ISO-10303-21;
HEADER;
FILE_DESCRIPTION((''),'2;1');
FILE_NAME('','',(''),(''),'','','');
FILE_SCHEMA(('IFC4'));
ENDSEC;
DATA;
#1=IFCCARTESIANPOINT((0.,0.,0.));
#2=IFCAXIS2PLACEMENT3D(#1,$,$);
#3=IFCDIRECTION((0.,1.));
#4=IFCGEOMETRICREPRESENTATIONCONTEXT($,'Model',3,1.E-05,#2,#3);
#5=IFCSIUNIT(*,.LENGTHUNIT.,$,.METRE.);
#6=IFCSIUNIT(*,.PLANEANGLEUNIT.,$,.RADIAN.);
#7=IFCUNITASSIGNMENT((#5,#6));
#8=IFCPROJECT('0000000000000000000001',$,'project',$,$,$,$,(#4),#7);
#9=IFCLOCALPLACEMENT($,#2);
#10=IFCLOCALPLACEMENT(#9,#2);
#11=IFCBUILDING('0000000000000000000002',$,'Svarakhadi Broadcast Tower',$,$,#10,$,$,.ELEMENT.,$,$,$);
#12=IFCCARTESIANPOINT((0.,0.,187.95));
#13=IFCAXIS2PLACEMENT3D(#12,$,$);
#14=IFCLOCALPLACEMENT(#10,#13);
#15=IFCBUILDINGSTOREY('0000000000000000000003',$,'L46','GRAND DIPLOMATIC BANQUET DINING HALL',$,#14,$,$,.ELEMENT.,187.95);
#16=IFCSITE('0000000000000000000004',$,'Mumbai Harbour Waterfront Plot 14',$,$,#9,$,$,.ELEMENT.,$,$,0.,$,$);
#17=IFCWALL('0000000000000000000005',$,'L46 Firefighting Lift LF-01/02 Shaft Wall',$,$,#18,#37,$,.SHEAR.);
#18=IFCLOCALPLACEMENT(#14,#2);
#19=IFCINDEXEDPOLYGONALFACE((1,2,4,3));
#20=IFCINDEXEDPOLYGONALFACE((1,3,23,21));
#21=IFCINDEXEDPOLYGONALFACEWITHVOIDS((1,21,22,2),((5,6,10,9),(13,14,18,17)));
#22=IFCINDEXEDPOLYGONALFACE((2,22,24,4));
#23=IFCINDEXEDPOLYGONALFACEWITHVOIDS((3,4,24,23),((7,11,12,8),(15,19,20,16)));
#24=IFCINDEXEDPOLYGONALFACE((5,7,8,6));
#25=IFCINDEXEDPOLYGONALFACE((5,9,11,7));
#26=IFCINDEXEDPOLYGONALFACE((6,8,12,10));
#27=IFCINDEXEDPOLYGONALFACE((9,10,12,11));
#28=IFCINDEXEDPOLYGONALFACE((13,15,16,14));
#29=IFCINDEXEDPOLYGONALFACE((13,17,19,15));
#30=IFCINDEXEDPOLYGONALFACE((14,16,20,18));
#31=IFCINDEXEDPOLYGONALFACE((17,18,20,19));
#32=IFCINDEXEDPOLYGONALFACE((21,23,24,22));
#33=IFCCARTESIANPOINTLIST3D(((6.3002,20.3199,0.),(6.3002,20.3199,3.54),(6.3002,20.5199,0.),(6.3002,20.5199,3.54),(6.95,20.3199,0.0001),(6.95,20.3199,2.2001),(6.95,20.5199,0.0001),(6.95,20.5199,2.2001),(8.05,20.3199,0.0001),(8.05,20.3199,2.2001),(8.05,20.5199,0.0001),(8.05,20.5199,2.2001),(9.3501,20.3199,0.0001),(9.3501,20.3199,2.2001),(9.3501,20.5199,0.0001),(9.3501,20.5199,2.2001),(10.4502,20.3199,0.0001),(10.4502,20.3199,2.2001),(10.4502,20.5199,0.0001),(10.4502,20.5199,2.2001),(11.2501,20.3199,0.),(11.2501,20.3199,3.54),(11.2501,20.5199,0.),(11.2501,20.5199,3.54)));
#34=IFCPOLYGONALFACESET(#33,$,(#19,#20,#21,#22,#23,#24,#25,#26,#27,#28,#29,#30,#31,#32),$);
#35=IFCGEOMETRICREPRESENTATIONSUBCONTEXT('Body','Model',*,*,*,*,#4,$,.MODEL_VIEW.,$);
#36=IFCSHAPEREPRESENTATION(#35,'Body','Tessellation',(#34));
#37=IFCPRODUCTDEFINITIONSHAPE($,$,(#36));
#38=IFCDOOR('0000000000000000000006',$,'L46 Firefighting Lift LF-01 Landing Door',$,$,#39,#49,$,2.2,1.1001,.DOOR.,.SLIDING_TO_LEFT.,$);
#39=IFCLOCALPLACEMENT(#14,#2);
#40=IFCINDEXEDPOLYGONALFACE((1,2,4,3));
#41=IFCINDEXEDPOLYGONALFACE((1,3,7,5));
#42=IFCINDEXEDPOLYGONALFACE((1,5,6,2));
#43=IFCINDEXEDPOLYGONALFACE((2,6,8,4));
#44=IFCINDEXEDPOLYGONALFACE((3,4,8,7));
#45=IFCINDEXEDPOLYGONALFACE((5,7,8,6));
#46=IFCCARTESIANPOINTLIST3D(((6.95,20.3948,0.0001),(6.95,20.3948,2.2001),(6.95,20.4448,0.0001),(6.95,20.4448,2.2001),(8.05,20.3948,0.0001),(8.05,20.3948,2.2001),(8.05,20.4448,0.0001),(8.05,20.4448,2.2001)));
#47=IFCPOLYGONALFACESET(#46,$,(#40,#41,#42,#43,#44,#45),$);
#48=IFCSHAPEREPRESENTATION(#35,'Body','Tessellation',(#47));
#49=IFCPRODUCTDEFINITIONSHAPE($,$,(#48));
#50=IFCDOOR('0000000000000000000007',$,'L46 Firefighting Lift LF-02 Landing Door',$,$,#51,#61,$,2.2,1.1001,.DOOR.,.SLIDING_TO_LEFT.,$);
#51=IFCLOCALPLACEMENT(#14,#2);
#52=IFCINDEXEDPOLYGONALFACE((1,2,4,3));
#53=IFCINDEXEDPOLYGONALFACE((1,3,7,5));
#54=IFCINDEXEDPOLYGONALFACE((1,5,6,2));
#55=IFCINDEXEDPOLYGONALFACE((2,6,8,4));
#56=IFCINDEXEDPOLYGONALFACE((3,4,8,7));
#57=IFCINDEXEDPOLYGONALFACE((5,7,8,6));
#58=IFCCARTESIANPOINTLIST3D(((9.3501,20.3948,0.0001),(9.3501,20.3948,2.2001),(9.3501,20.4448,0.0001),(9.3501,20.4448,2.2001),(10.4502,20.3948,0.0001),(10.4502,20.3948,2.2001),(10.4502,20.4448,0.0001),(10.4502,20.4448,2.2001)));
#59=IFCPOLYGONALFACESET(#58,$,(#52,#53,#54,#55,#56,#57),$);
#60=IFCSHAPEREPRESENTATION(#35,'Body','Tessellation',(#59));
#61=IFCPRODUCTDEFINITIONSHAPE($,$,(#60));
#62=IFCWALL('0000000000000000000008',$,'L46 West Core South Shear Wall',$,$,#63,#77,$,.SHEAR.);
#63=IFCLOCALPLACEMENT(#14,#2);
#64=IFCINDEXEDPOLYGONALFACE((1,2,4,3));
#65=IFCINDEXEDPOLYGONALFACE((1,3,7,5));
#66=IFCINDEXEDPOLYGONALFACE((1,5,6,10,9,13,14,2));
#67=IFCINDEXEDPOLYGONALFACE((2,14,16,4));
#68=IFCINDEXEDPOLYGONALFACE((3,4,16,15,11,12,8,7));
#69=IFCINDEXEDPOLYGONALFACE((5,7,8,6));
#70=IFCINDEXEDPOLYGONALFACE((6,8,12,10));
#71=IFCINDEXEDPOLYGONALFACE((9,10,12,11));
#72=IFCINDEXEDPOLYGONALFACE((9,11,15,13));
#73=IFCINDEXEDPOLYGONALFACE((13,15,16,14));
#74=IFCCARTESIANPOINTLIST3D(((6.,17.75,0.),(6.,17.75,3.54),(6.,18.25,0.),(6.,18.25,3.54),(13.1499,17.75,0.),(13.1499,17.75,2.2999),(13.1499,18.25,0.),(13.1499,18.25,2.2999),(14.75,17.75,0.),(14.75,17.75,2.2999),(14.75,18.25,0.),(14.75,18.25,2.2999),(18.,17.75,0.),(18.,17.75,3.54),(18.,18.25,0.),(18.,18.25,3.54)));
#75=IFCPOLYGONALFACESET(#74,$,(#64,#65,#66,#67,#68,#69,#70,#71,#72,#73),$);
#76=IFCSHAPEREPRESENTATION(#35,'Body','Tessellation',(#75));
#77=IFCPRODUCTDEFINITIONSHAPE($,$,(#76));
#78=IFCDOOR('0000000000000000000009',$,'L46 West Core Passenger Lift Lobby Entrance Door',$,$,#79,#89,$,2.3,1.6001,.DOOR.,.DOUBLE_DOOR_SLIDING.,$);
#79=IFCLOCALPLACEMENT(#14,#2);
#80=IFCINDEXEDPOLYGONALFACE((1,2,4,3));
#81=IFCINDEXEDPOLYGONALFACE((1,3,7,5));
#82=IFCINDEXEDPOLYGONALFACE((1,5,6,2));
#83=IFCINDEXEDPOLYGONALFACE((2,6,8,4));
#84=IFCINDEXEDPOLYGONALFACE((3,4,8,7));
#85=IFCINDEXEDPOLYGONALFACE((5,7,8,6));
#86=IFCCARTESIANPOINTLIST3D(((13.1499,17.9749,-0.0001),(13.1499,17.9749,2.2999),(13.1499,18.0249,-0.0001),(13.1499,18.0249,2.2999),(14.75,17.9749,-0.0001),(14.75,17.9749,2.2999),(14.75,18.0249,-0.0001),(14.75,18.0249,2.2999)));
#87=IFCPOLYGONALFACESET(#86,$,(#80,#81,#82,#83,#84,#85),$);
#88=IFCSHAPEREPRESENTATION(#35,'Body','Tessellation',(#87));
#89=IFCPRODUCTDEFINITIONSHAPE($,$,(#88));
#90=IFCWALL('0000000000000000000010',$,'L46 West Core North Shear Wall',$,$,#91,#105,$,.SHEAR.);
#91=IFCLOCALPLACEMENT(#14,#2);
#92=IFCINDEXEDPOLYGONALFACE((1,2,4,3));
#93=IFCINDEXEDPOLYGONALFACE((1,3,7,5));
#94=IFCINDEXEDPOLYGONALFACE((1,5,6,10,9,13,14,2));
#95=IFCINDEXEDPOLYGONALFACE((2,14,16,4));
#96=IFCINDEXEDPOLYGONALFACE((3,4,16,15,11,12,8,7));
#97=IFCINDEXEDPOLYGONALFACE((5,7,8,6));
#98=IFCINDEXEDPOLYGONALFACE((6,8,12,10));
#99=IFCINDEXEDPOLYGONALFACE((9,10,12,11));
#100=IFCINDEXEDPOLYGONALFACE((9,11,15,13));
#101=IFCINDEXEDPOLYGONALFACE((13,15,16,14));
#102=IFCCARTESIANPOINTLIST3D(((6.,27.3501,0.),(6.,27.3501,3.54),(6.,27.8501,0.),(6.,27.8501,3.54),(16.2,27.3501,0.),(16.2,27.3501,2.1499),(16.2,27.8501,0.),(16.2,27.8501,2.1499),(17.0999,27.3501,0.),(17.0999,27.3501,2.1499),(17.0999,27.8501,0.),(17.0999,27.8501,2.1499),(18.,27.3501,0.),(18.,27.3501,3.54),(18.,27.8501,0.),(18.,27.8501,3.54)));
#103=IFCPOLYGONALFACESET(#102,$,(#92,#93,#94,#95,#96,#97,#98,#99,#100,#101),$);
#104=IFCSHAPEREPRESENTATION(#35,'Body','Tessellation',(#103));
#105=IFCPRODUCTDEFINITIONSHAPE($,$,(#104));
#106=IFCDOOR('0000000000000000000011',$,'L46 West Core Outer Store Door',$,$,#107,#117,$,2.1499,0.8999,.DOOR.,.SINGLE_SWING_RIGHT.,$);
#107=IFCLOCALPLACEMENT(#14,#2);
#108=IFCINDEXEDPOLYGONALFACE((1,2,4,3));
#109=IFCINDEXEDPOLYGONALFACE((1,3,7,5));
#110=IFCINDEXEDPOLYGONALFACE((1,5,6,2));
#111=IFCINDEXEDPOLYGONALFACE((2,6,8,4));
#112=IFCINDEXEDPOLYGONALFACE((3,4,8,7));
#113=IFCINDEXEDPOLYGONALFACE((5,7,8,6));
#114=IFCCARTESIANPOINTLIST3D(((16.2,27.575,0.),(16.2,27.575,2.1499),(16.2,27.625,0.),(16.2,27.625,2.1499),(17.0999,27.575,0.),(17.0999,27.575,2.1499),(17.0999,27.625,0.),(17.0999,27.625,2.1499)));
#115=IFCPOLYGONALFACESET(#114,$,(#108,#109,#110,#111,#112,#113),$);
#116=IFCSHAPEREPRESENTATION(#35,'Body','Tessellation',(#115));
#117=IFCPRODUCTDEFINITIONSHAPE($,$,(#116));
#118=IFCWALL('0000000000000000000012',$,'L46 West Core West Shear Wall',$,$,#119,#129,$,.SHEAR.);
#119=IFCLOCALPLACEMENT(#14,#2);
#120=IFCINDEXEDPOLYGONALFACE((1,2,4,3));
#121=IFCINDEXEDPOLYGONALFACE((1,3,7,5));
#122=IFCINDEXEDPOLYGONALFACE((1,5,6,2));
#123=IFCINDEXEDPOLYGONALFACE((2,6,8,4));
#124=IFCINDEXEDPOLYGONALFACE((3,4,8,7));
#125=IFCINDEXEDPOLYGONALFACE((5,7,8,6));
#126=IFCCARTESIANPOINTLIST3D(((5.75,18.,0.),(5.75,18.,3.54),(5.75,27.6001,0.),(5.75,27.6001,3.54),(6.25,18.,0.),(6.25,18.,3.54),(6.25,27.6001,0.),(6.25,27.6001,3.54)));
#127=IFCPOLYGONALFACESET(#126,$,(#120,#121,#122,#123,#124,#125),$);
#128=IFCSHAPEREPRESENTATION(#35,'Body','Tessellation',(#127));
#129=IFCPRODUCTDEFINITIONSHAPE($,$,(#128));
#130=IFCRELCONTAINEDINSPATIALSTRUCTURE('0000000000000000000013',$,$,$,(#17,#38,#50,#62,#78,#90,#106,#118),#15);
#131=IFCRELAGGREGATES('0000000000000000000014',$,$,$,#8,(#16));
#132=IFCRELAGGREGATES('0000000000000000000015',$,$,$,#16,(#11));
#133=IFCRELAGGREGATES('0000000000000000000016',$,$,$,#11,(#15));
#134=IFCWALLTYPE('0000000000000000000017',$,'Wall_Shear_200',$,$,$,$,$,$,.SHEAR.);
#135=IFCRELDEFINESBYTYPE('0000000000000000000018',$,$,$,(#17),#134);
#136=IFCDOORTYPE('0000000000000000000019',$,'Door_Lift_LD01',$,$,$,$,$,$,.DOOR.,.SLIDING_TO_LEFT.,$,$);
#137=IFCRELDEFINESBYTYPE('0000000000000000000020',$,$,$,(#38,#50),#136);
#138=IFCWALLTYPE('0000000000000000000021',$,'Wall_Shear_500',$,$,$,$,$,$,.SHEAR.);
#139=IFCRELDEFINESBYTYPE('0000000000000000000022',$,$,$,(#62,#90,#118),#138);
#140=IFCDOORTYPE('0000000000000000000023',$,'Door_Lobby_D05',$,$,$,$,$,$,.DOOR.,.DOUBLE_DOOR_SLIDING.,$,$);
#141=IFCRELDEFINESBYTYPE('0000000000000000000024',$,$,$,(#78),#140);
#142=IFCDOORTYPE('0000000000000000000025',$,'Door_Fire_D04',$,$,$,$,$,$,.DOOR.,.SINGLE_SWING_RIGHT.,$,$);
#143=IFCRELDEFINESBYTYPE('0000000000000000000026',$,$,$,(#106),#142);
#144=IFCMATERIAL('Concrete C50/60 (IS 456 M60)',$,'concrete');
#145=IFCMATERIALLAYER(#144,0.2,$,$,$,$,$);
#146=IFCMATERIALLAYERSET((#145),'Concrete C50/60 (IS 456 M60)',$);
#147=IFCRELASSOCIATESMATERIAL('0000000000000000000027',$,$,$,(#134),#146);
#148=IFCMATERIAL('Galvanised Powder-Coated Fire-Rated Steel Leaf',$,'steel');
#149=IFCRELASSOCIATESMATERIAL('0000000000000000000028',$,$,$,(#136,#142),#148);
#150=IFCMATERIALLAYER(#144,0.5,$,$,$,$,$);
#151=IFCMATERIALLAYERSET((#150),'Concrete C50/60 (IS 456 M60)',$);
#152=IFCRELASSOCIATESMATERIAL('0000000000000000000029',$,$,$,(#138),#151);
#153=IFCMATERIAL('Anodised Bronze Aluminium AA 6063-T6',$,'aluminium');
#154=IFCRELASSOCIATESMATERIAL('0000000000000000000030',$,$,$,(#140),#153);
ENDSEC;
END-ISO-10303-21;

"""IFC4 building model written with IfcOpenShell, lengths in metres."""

from ifc_helpers import new_model, si_unit, direction, frame, frame_2d, origin, place, context, subcontext, project, spatial, rectangle, extrude, material, layer, layer_set, type_object, element, fill, save


model = new_model("IFC4")

# Units and contexts
model_context = context("Model", 3, precision=1e-05, world=origin(), true_north=direction((0.0, 1.0)))
body_context = subcontext(model_context, "Body", "Model", "MODEL_VIEW")
ifc_project = project(units=[si_unit("LENGTHUNIT", "METRE"), si_unit("PLANEANGLEUNIT", "RADIAN")], contexts=[model_context])

# Site, building, storey
site_placement = place(None, origin())
site = spatial("IfcSite", under=ifc_project, at=site_placement, Name="Mumbai Harbour Waterfront Plot 14", CompositionType="ELEMENT", RefElevation=0.0)
building_placement = place(site_placement, origin())
building = spatial("IfcBuilding", under=site, at=building_placement, Name="Svarakhadi Broadcast Tower", CompositionType="ELEMENT")
storey_placement = place(building_placement, frame((0.0, 0.0, 187.95)))
storey = spatial("IfcBuildingStorey", under=building, at=storey_placement, Name="L46", Description="GRAND DIPLOMATIC BANQUET DINING HALL", CompositionType="ELEMENT", Elevation=187.95)

# Shared definitions
ifc_material_1 = material(Name="Concrete C50/60 (IS 456 M60)", Category="concrete")

# Shared definitions
ifc_material_2 = material(Name="Anodised Bronze Aluminium AA 6063-T6", Category="aluminium")

# Shared definitions
ifc_layer_1 = layer(ifc_material_1, 0.2)
ifc_layer_set_1 = layer_set([ifc_layer_1], Name="Concrete C50/60 (IS 456 M60)")
wall_type_1 = type_object("IfcWallType", Name="Wall_Shear_200", PredefinedType="SHEAR", material=ifc_layer_set_1)
ifc_material_3 = material(Name="Galvanised Powder-Coated Fire-Rated Steel Leaf", Category="steel")

# Wall, openings, doors
wall_1_placement = place(storey_placement, frame((6.3, 20.4199, 0.0), z_axis=(0.0, 0.0, 1.0), x_axis=(1.0, 0.0, 0.0)))
wall_1 = element("IfcWall", 1, at=wall_1_placement, inside=storey, type_object=wall_type_1, Name="L46 Firefighting Lift LF-01/02 Shaft Wall", PredefinedType="SHEAR", context=body_context, shape_type="SweptSolid", body=[
    extrude(rectangle(XDim=4.95, YDim=0.2, at=frame_2d((2.4751, 0.0))), origin(), (0.0, 0.0, 1.0), 3.54),
])
opening_1_placement = place(wall_1_placement, frame((0.6499, 0.0, 0.0)))
opening_1 = element("IfcOpeningElement", 2, at=opening_1_placement, cuts=wall_1, PredefinedType="OPENING", context=body_context, shape_type="SweptSolid", body=[
    extrude(rectangle(XDim=1.1001, YDim=2.2, at=frame_2d((0.55, 1.1001))), frame((0.0, 0.1099, 0.0), z_axis=(0.0, -1.0, 0.0), x_axis=(1.0, 0.0, 0.0)), (0.0, 0.0, 1.0), 0.22),
])
opening_2_placement = place(wall_1_placement, frame((3.05, 0.0, 0.0)))
opening_2 = element("IfcOpeningElement", 3, at=opening_2_placement, cuts=wall_1, PredefinedType="OPENING", context=body_context, shape_type="SweptSolid", body=[
    extrude(rectangle(XDim=1.1001, YDim=2.2, at=frame_2d((0.55, 1.1001))), frame((0.0, 0.1099, 0.0), z_axis=(0.0, -1.0, 0.0), x_axis=(1.0, 0.0, 0.0)), (0.0, 0.0, 1.0), 0.22),
])
door_type_1 = type_object("IfcDoorType", Name="Door_Lift_LD01", OperationType="SLIDING_TO_LEFT", PredefinedType="DOOR", material=ifc_material_3)
door_1_placement = place(opening_1_placement, origin())
door_1 = element("IfcDoor", 4, at=door_1_placement, inside=storey, type_object=door_type_1, Name="L46 Firefighting Lift LF-01 Landing Door", OperationType="SLIDING_TO_LEFT", OverallHeight=2.2, OverallWidth=1.1001, PredefinedType="DOOR", context=body_context, shape_type="SweptSolid", body=[
    extrude(rectangle(XDim=1.1001, YDim=2.2, at=frame_2d((0.55, 1.1001))), frame((0.0, 0.0249, 0.0), z_axis=(0.0, -1.0, 0.0), x_axis=(1.0, 0.0, 0.0)), (0.0, 0.0, 1.0), 0.05),
])
fill(opening_1, door_1)
door_2_placement = place(opening_2_placement, origin())
door_2 = element("IfcDoor", 5, at=door_2_placement, inside=storey, type_object=door_type_1, Name="L46 Firefighting Lift LF-02 Landing Door", OperationType="SLIDING_TO_LEFT", OverallHeight=2.2, OverallWidth=1.1001, PredefinedType="DOOR", context=body_context, shape_type="SweptSolid", body=[
    extrude(rectangle(XDim=1.1001, YDim=2.2, at=frame_2d((0.55, 1.1001))), frame((0.0, 0.0249, 0.0), z_axis=(0.0, -1.0, 0.0), x_axis=(1.0, 0.0, 0.0)), (0.0, 0.0, 1.0), 0.05),
])
fill(opening_2, door_2)

# Walls, openings, doors
ifc_layer_2 = layer(ifc_material_1, 0.5)
ifc_layer_set_2 = layer_set([ifc_layer_2], Name="Concrete C50/60 (IS 456 M60)")
wall_type_2 = type_object("IfcWallType", Name="Wall_Shear_500", PredefinedType="SHEAR", material=ifc_layer_set_2)
wall_2_placement = place(storey_placement, frame((6.0, 18.0, 0.0), z_axis=(0.0, 0.0, 1.0), x_axis=(1.0, 0.0, 0.0)))
wall_2 = element("IfcWall", 6, at=wall_2_placement, inside=storey, type_object=wall_type_2, Name="L46 West Core South Shear Wall", PredefinedType="SHEAR", context=body_context, shape_type="SweptSolid", body=[
    extrude(rectangle(XDim=12.0, YDim=0.5, at=frame_2d((6.0, 0.0))), origin(), (0.0, 0.0, 1.0), 3.54),
])
opening_3_placement = place(wall_2_placement, frame((7.1499, 0.0, 0.0)))
opening_3 = element("IfcOpeningElement", 7, at=opening_3_placement, cuts=wall_2, PredefinedType="OPENING", context=body_context, shape_type="SweptSolid", body=[
    extrude(rectangle(XDim=1.6001, YDim=2.3, at=frame_2d((0.8, 1.1499))), frame((0.0, 0.26, 0.0), z_axis=(0.0, -1.0, 0.0), x_axis=(1.0, 0.0, 0.0)), (0.0, 0.0, 1.0), 0.52),
])
door_type_2 = type_object("IfcDoorType", Name="Door_Lobby_D05", OperationType="DOUBLE_DOOR_SLIDING", PredefinedType="DOOR", material=ifc_material_2)
door_3_placement = place(opening_3_placement, origin())
door_3 = element("IfcDoor", 8, at=door_3_placement, inside=storey, type_object=door_type_2, Name="L46 West Core Passenger Lift Lobby Entrance Door", OperationType="DOUBLE_DOOR_SLIDING", OverallHeight=2.3, OverallWidth=1.6001, PredefinedType="DOOR", context=body_context, shape_type="SweptSolid", body=[
    extrude(rectangle(XDim=1.6001, YDim=2.3, at=frame_2d((0.8, 1.1499))), frame((0.0, 0.0249, 0.0), z_axis=(0.0, -1.0, 0.0), x_axis=(1.0, 0.0, 0.0)), (0.0, 0.0, 1.0), 0.05),
])
fill(opening_3, door_3)
wall_3_placement = place(storey_placement, frame((6.0, 27.6001, 0.0), z_axis=(0.0, 0.0, 1.0), x_axis=(1.0, 0.0, 0.0)))
wall_3 = element("IfcWall", 9, at=wall_3_placement, inside=storey, type_object=wall_type_2, Name="L46 West Core North Shear Wall", PredefinedType="SHEAR", context=body_context, shape_type="SweptSolid", body=[
    extrude(rectangle(XDim=12.0, YDim=0.5, at=frame_2d((6.0, 0.0))), origin(), (0.0, 0.0, 1.0), 3.54),
])
opening_4_placement = place(wall_3_placement, frame((10.2, 0.0, 0.0)))
opening_4 = element("IfcOpeningElement", 10, at=opening_4_placement, cuts=wall_3, PredefinedType="OPENING", context=body_context, shape_type="SweptSolid", body=[
    extrude(rectangle(XDim=0.8999, YDim=2.1499, at=frame_2d((0.45, 1.075))), frame((0.0, 0.26, 0.0), z_axis=(0.0, -1.0, 0.0), x_axis=(1.0, 0.0, 0.0)), (0.0, 0.0, 1.0), 0.52),
])
door_type_3 = type_object("IfcDoorType", Name="Door_Fire_D04", OperationType="SINGLE_SWING_RIGHT", PredefinedType="DOOR", material=ifc_material_3)
door_4_placement = place(opening_4_placement, origin())
door_4 = element("IfcDoor", 11, at=door_4_placement, inside=storey, type_object=door_type_3, Name="L46 West Core Outer Store Door", OperationType="SINGLE_SWING_RIGHT", OverallHeight=2.1499, OverallWidth=0.8999, PredefinedType="DOOR", context=body_context, shape_type="SweptSolid", body=[
    extrude(rectangle(XDim=0.8999, YDim=2.1499, at=frame_2d((0.45, 1.075))), frame((0.0, 0.0249, 0.0), z_axis=(0.0, -1.0, 0.0), x_axis=(1.0, 0.0, 0.0)), (0.0, 0.0, 1.0), 0.05),
])
fill(opening_4, door_4)

# Wall
wall_4_placement = place(storey_placement, frame((6.0, 18.0, 0.0), z_axis=(0.0, 0.0, 1.0), x_axis=(0.0, 1.0, 0.0)))
element("IfcWall", 12, at=wall_4_placement, inside=storey, type_object=wall_type_2, Name="L46 West Core West Shear Wall", PredefinedType="SHEAR", context=body_context, shape_type="SweptSolid", body=[
    extrude(rectangle(XDim=9.6001, YDim=0.5, at=frame_2d((4.8, 0.0))), origin(), (0.0, 0.0, 1.0), 3.54),
])

save(model, "model.ifc")
